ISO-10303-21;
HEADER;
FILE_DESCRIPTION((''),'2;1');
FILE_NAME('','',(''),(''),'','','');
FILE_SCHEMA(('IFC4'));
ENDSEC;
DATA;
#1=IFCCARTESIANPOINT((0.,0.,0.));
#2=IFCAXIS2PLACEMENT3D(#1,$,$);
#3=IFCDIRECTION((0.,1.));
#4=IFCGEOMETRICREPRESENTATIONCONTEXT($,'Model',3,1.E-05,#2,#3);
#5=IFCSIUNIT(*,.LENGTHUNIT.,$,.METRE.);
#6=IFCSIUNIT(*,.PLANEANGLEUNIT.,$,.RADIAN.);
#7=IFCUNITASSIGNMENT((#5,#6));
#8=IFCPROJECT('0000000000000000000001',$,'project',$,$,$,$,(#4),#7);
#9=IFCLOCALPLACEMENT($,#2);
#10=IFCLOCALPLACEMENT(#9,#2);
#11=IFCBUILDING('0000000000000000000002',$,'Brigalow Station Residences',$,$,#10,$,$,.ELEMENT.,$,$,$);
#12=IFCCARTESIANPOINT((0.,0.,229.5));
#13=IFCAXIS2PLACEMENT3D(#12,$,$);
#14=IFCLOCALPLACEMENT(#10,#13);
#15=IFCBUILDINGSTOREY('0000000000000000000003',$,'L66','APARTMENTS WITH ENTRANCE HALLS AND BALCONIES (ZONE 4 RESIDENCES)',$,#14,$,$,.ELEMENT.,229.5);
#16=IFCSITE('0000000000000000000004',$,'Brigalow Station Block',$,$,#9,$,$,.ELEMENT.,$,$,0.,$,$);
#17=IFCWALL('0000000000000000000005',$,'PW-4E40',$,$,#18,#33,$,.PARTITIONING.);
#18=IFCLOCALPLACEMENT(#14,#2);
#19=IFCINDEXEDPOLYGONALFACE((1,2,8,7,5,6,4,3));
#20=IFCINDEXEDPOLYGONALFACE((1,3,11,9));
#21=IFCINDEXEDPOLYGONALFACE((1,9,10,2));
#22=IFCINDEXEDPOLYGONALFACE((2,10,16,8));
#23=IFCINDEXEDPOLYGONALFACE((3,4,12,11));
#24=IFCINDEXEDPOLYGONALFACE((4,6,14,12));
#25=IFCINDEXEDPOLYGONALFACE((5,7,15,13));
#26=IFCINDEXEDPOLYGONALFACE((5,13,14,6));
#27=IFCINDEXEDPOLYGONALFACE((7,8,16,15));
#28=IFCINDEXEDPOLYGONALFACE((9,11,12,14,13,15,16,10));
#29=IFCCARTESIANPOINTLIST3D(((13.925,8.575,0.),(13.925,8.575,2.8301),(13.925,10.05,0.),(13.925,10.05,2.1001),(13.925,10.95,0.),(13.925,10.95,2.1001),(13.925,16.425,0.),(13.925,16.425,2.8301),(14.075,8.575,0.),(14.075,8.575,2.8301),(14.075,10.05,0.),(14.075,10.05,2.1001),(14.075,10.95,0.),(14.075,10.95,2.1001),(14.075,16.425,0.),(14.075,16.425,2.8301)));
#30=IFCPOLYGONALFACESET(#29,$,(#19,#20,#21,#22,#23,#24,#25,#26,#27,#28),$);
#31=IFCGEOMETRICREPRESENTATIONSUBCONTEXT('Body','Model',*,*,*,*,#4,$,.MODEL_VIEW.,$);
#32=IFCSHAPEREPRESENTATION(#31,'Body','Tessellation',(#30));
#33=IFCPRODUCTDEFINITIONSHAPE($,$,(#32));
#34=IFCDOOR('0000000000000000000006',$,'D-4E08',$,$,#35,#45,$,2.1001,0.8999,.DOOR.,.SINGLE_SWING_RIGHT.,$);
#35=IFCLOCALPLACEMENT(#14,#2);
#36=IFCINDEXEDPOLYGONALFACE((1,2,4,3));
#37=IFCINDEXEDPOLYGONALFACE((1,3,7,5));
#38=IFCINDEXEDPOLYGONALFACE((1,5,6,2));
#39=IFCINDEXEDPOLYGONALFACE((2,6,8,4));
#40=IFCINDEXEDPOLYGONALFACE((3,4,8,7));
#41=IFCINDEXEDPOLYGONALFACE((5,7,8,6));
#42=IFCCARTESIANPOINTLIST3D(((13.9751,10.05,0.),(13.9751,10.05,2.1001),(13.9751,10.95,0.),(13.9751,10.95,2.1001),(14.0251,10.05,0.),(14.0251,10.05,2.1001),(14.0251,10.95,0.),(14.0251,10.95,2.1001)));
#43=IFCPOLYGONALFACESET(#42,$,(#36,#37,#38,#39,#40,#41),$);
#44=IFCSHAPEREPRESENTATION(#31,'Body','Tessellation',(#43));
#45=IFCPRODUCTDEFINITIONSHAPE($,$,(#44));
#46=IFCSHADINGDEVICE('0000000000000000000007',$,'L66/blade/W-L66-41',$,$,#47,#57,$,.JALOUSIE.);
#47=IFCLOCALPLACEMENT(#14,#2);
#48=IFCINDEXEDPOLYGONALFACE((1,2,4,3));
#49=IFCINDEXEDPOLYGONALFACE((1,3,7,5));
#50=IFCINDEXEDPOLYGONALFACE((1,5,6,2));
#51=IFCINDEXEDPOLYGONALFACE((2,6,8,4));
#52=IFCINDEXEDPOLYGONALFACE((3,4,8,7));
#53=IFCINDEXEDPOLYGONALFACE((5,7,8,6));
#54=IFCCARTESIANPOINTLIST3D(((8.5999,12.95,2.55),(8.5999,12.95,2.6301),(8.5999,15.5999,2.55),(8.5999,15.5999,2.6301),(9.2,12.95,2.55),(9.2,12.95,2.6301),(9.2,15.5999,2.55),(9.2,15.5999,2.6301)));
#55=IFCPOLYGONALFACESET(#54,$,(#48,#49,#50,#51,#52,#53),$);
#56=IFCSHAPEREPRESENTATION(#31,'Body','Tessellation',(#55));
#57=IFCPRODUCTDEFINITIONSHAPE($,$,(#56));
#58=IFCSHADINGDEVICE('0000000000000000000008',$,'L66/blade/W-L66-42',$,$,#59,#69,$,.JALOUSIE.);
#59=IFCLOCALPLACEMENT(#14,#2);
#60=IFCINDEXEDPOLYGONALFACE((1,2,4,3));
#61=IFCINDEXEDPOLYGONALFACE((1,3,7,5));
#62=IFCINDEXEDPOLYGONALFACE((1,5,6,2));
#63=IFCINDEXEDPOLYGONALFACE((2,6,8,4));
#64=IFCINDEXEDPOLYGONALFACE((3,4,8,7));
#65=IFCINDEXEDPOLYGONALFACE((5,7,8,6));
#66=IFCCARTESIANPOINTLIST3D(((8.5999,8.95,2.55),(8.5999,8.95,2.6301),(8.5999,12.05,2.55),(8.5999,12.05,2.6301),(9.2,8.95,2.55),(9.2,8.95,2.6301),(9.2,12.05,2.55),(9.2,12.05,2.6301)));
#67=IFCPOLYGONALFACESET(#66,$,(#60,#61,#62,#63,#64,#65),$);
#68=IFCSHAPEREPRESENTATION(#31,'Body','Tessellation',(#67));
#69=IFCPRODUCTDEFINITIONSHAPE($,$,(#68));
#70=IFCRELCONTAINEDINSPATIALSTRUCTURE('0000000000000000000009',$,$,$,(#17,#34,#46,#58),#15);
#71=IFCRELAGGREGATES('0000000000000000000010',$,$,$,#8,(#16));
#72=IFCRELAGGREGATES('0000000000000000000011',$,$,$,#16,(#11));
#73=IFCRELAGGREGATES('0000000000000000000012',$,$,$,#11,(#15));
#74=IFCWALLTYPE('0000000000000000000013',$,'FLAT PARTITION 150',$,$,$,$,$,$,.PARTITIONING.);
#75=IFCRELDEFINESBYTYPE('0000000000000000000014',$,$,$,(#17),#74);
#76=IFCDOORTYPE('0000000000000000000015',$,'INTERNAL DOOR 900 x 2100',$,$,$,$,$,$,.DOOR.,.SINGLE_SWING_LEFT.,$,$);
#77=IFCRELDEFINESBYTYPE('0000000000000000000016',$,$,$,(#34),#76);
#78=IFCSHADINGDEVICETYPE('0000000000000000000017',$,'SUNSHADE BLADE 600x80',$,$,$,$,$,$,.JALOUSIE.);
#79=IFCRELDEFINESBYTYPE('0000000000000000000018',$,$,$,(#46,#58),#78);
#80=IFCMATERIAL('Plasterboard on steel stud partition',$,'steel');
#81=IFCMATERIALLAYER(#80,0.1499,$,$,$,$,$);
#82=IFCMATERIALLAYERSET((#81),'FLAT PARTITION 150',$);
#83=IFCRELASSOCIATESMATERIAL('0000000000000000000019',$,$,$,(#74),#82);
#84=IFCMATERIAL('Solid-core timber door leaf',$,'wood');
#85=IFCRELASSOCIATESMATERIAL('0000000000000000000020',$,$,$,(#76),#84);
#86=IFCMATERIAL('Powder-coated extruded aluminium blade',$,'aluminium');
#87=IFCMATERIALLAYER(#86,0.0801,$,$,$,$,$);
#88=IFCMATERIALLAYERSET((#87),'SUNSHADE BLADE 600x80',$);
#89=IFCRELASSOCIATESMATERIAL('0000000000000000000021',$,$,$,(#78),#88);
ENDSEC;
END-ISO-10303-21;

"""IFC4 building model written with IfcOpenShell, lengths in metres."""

from ifc_helpers import new_model, si_unit, direction, frame, frame_2d, origin, origin_2d, place, context, subcontext, project, spatial, rectangle, extrude, material, layer, layer_set, type_object, element, fill, save


model = new_model("IFC4")

# Units and contexts
model_context = context("Model", 3, precision=1e-05, world=origin(), true_north=direction((0.0, 1.0)))
body_context = subcontext(model_context, "Body", "Model", "MODEL_VIEW")
ifc_project = project(units=[si_unit("LENGTHUNIT", "METRE"), si_unit("PLANEANGLEUNIT", "RADIAN")], contexts=[model_context])

# Site, building, storey
site_placement = place(None, origin())
site = spatial("IfcSite", under=ifc_project, at=site_placement, Name="Brigalow Station Block", CompositionType="ELEMENT", RefElevation=0.0)
building_placement = place(site_placement, origin())
building = spatial("IfcBuilding", under=site, at=building_placement, Name="Brigalow Station Residences", CompositionType="ELEMENT")
storey_placement = place(building_placement, frame((0.0, 0.0, 229.5)))
storey = spatial("IfcBuildingStorey", under=building, at=storey_placement, Name="L66", Description="APARTMENTS WITH ENTRANCE HALLS AND BALCONIES (ZONE 4 RESIDENCES)", CompositionType="ELEMENT", Elevation=229.5)

# Shared definitions
ifc_material_1 = material(Name="Plasterboard on steel stud partition", Category="steel")
ifc_layer_1 = layer(ifc_material_1, 0.1499)
ifc_layer_set_1 = layer_set([ifc_layer_1], Name="FLAT PARTITION 150")
wall_type_1 = type_object("IfcWallType", Name="FLAT PARTITION 150", PredefinedType="PARTITIONING", material=ifc_layer_set_1)

# Wall, opening, door
ifc_material_2 = material(Name="Solid-core timber door leaf", Category="wood")
door_type = type_object("IfcDoorType", Name="INTERNAL DOOR 900 x 2100", OperationType="SINGLE_SWING_LEFT", PredefinedType="DOOR", material=ifc_material_2)
wall_1_placement = place(storey_placement, frame((14.0, 8.575, 0.0), z_axis=(0.0, 0.0, 1.0), x_axis=(0.0, 1.0, 0.0)))
wall_1 = element("IfcWall", 1, at=wall_1_placement, inside=storey, type_object=wall_type_1, Name="PW-4E40", PredefinedType="PARTITIONING", context=body_context, shape_type="SweptSolid", body=[
    extrude(rectangle(XDim=7.8501, YDim=0.1499, at=frame_2d((3.925, 0.0))), origin(), (0.0, 0.0, 1.0), 2.8301),
])
opening_1_placement = place(wall_1_placement, frame((1.4751, 0.0, 0.0)))
opening_1 = element("IfcOpeningElement", 2, at=opening_1_placement, cuts=wall_1, PredefinedType="OPENING", context=body_context, shape_type="SweptSolid", body=[
    extrude(rectangle(XDim=0.8999, YDim=2.1001, at=frame_2d((0.45, 1.05))), frame((0.0, 0.085, 0.0), z_axis=(0.0, -1.0, 0.0), x_axis=(1.0, 0.0, 0.0)), (0.0, 0.0, 1.0), 0.1699),
])
door_1_placement = place(opening_1_placement, origin())
door_1 = element("IfcDoor", 3, at=door_1_placement, inside=storey, type_object=door_type, Name="D-4E08", OperationType="SINGLE_SWING_RIGHT", OverallHeight=2.1001, OverallWidth=0.8999, PredefinedType="DOOR", context=body_context, shape_type="SweptSolid", body=[
    extrude(rectangle(XDim=0.8999, YDim=2.1001, at=frame_2d((0.45, 1.05))), frame((0.0, 0.0249, 0.0), z_axis=(0.0, -1.0, 0.0), x_axis=(1.0, 0.0, 0.0)), (0.0, 0.0, 1.0), 0.05),
])
fill(opening_1, door_1)

# Shading devices
ifc_material_3 = material(Name="Powder-coated extruded aluminium blade", Category="aluminium")
ifc_layer_2 = layer(ifc_material_3, 0.0801)
ifc_layer_set_2 = layer_set([ifc_layer_2], Name="SUNSHADE BLADE 600x80")
shading_device_type = type_object("IfcShadingDeviceType", Name="SUNSHADE BLADE 600x80", PredefinedType="JALOUSIE", material=ifc_layer_set_2)
shading_device_1_placement = place(storey_placement, frame((8.8999, 14.2749, 2.55), z_axis=(0.0, 0.0, 1.0), x_axis=(0.0, -1.0, 0.0)))
element("IfcShadingDevice", 4, at=shading_device_1_placement, inside=storey, type_object=shading_device_type, Name="L66/blade/W-L66-41", PredefinedType="JALOUSIE", context=body_context, shape_type="SweptSolid", body=[
    extrude(rectangle(XDim=2.6499, YDim=0.6001, at=origin_2d()), origin(), (0.0, 0.0, 1.0), 0.0801),
])
shading_device_2_placement = place(storey_placement, frame((8.8999, 10.5, 2.55), z_axis=(0.0, 0.0, 1.0), x_axis=(0.0, -1.0, 0.0)))
element("IfcShadingDevice", 5, at=shading_device_2_placement, inside=storey, type_object=shading_device_type, Name="L66/blade/W-L66-42", PredefinedType="JALOUSIE", context=body_context, shape_type="SweptSolid", body=[
    extrude(rectangle(XDim=3.1001, YDim=0.6001, at=origin_2d()), origin(), (0.0, 0.0, 1.0), 0.0801),
])

save(model, "model.ifc")
